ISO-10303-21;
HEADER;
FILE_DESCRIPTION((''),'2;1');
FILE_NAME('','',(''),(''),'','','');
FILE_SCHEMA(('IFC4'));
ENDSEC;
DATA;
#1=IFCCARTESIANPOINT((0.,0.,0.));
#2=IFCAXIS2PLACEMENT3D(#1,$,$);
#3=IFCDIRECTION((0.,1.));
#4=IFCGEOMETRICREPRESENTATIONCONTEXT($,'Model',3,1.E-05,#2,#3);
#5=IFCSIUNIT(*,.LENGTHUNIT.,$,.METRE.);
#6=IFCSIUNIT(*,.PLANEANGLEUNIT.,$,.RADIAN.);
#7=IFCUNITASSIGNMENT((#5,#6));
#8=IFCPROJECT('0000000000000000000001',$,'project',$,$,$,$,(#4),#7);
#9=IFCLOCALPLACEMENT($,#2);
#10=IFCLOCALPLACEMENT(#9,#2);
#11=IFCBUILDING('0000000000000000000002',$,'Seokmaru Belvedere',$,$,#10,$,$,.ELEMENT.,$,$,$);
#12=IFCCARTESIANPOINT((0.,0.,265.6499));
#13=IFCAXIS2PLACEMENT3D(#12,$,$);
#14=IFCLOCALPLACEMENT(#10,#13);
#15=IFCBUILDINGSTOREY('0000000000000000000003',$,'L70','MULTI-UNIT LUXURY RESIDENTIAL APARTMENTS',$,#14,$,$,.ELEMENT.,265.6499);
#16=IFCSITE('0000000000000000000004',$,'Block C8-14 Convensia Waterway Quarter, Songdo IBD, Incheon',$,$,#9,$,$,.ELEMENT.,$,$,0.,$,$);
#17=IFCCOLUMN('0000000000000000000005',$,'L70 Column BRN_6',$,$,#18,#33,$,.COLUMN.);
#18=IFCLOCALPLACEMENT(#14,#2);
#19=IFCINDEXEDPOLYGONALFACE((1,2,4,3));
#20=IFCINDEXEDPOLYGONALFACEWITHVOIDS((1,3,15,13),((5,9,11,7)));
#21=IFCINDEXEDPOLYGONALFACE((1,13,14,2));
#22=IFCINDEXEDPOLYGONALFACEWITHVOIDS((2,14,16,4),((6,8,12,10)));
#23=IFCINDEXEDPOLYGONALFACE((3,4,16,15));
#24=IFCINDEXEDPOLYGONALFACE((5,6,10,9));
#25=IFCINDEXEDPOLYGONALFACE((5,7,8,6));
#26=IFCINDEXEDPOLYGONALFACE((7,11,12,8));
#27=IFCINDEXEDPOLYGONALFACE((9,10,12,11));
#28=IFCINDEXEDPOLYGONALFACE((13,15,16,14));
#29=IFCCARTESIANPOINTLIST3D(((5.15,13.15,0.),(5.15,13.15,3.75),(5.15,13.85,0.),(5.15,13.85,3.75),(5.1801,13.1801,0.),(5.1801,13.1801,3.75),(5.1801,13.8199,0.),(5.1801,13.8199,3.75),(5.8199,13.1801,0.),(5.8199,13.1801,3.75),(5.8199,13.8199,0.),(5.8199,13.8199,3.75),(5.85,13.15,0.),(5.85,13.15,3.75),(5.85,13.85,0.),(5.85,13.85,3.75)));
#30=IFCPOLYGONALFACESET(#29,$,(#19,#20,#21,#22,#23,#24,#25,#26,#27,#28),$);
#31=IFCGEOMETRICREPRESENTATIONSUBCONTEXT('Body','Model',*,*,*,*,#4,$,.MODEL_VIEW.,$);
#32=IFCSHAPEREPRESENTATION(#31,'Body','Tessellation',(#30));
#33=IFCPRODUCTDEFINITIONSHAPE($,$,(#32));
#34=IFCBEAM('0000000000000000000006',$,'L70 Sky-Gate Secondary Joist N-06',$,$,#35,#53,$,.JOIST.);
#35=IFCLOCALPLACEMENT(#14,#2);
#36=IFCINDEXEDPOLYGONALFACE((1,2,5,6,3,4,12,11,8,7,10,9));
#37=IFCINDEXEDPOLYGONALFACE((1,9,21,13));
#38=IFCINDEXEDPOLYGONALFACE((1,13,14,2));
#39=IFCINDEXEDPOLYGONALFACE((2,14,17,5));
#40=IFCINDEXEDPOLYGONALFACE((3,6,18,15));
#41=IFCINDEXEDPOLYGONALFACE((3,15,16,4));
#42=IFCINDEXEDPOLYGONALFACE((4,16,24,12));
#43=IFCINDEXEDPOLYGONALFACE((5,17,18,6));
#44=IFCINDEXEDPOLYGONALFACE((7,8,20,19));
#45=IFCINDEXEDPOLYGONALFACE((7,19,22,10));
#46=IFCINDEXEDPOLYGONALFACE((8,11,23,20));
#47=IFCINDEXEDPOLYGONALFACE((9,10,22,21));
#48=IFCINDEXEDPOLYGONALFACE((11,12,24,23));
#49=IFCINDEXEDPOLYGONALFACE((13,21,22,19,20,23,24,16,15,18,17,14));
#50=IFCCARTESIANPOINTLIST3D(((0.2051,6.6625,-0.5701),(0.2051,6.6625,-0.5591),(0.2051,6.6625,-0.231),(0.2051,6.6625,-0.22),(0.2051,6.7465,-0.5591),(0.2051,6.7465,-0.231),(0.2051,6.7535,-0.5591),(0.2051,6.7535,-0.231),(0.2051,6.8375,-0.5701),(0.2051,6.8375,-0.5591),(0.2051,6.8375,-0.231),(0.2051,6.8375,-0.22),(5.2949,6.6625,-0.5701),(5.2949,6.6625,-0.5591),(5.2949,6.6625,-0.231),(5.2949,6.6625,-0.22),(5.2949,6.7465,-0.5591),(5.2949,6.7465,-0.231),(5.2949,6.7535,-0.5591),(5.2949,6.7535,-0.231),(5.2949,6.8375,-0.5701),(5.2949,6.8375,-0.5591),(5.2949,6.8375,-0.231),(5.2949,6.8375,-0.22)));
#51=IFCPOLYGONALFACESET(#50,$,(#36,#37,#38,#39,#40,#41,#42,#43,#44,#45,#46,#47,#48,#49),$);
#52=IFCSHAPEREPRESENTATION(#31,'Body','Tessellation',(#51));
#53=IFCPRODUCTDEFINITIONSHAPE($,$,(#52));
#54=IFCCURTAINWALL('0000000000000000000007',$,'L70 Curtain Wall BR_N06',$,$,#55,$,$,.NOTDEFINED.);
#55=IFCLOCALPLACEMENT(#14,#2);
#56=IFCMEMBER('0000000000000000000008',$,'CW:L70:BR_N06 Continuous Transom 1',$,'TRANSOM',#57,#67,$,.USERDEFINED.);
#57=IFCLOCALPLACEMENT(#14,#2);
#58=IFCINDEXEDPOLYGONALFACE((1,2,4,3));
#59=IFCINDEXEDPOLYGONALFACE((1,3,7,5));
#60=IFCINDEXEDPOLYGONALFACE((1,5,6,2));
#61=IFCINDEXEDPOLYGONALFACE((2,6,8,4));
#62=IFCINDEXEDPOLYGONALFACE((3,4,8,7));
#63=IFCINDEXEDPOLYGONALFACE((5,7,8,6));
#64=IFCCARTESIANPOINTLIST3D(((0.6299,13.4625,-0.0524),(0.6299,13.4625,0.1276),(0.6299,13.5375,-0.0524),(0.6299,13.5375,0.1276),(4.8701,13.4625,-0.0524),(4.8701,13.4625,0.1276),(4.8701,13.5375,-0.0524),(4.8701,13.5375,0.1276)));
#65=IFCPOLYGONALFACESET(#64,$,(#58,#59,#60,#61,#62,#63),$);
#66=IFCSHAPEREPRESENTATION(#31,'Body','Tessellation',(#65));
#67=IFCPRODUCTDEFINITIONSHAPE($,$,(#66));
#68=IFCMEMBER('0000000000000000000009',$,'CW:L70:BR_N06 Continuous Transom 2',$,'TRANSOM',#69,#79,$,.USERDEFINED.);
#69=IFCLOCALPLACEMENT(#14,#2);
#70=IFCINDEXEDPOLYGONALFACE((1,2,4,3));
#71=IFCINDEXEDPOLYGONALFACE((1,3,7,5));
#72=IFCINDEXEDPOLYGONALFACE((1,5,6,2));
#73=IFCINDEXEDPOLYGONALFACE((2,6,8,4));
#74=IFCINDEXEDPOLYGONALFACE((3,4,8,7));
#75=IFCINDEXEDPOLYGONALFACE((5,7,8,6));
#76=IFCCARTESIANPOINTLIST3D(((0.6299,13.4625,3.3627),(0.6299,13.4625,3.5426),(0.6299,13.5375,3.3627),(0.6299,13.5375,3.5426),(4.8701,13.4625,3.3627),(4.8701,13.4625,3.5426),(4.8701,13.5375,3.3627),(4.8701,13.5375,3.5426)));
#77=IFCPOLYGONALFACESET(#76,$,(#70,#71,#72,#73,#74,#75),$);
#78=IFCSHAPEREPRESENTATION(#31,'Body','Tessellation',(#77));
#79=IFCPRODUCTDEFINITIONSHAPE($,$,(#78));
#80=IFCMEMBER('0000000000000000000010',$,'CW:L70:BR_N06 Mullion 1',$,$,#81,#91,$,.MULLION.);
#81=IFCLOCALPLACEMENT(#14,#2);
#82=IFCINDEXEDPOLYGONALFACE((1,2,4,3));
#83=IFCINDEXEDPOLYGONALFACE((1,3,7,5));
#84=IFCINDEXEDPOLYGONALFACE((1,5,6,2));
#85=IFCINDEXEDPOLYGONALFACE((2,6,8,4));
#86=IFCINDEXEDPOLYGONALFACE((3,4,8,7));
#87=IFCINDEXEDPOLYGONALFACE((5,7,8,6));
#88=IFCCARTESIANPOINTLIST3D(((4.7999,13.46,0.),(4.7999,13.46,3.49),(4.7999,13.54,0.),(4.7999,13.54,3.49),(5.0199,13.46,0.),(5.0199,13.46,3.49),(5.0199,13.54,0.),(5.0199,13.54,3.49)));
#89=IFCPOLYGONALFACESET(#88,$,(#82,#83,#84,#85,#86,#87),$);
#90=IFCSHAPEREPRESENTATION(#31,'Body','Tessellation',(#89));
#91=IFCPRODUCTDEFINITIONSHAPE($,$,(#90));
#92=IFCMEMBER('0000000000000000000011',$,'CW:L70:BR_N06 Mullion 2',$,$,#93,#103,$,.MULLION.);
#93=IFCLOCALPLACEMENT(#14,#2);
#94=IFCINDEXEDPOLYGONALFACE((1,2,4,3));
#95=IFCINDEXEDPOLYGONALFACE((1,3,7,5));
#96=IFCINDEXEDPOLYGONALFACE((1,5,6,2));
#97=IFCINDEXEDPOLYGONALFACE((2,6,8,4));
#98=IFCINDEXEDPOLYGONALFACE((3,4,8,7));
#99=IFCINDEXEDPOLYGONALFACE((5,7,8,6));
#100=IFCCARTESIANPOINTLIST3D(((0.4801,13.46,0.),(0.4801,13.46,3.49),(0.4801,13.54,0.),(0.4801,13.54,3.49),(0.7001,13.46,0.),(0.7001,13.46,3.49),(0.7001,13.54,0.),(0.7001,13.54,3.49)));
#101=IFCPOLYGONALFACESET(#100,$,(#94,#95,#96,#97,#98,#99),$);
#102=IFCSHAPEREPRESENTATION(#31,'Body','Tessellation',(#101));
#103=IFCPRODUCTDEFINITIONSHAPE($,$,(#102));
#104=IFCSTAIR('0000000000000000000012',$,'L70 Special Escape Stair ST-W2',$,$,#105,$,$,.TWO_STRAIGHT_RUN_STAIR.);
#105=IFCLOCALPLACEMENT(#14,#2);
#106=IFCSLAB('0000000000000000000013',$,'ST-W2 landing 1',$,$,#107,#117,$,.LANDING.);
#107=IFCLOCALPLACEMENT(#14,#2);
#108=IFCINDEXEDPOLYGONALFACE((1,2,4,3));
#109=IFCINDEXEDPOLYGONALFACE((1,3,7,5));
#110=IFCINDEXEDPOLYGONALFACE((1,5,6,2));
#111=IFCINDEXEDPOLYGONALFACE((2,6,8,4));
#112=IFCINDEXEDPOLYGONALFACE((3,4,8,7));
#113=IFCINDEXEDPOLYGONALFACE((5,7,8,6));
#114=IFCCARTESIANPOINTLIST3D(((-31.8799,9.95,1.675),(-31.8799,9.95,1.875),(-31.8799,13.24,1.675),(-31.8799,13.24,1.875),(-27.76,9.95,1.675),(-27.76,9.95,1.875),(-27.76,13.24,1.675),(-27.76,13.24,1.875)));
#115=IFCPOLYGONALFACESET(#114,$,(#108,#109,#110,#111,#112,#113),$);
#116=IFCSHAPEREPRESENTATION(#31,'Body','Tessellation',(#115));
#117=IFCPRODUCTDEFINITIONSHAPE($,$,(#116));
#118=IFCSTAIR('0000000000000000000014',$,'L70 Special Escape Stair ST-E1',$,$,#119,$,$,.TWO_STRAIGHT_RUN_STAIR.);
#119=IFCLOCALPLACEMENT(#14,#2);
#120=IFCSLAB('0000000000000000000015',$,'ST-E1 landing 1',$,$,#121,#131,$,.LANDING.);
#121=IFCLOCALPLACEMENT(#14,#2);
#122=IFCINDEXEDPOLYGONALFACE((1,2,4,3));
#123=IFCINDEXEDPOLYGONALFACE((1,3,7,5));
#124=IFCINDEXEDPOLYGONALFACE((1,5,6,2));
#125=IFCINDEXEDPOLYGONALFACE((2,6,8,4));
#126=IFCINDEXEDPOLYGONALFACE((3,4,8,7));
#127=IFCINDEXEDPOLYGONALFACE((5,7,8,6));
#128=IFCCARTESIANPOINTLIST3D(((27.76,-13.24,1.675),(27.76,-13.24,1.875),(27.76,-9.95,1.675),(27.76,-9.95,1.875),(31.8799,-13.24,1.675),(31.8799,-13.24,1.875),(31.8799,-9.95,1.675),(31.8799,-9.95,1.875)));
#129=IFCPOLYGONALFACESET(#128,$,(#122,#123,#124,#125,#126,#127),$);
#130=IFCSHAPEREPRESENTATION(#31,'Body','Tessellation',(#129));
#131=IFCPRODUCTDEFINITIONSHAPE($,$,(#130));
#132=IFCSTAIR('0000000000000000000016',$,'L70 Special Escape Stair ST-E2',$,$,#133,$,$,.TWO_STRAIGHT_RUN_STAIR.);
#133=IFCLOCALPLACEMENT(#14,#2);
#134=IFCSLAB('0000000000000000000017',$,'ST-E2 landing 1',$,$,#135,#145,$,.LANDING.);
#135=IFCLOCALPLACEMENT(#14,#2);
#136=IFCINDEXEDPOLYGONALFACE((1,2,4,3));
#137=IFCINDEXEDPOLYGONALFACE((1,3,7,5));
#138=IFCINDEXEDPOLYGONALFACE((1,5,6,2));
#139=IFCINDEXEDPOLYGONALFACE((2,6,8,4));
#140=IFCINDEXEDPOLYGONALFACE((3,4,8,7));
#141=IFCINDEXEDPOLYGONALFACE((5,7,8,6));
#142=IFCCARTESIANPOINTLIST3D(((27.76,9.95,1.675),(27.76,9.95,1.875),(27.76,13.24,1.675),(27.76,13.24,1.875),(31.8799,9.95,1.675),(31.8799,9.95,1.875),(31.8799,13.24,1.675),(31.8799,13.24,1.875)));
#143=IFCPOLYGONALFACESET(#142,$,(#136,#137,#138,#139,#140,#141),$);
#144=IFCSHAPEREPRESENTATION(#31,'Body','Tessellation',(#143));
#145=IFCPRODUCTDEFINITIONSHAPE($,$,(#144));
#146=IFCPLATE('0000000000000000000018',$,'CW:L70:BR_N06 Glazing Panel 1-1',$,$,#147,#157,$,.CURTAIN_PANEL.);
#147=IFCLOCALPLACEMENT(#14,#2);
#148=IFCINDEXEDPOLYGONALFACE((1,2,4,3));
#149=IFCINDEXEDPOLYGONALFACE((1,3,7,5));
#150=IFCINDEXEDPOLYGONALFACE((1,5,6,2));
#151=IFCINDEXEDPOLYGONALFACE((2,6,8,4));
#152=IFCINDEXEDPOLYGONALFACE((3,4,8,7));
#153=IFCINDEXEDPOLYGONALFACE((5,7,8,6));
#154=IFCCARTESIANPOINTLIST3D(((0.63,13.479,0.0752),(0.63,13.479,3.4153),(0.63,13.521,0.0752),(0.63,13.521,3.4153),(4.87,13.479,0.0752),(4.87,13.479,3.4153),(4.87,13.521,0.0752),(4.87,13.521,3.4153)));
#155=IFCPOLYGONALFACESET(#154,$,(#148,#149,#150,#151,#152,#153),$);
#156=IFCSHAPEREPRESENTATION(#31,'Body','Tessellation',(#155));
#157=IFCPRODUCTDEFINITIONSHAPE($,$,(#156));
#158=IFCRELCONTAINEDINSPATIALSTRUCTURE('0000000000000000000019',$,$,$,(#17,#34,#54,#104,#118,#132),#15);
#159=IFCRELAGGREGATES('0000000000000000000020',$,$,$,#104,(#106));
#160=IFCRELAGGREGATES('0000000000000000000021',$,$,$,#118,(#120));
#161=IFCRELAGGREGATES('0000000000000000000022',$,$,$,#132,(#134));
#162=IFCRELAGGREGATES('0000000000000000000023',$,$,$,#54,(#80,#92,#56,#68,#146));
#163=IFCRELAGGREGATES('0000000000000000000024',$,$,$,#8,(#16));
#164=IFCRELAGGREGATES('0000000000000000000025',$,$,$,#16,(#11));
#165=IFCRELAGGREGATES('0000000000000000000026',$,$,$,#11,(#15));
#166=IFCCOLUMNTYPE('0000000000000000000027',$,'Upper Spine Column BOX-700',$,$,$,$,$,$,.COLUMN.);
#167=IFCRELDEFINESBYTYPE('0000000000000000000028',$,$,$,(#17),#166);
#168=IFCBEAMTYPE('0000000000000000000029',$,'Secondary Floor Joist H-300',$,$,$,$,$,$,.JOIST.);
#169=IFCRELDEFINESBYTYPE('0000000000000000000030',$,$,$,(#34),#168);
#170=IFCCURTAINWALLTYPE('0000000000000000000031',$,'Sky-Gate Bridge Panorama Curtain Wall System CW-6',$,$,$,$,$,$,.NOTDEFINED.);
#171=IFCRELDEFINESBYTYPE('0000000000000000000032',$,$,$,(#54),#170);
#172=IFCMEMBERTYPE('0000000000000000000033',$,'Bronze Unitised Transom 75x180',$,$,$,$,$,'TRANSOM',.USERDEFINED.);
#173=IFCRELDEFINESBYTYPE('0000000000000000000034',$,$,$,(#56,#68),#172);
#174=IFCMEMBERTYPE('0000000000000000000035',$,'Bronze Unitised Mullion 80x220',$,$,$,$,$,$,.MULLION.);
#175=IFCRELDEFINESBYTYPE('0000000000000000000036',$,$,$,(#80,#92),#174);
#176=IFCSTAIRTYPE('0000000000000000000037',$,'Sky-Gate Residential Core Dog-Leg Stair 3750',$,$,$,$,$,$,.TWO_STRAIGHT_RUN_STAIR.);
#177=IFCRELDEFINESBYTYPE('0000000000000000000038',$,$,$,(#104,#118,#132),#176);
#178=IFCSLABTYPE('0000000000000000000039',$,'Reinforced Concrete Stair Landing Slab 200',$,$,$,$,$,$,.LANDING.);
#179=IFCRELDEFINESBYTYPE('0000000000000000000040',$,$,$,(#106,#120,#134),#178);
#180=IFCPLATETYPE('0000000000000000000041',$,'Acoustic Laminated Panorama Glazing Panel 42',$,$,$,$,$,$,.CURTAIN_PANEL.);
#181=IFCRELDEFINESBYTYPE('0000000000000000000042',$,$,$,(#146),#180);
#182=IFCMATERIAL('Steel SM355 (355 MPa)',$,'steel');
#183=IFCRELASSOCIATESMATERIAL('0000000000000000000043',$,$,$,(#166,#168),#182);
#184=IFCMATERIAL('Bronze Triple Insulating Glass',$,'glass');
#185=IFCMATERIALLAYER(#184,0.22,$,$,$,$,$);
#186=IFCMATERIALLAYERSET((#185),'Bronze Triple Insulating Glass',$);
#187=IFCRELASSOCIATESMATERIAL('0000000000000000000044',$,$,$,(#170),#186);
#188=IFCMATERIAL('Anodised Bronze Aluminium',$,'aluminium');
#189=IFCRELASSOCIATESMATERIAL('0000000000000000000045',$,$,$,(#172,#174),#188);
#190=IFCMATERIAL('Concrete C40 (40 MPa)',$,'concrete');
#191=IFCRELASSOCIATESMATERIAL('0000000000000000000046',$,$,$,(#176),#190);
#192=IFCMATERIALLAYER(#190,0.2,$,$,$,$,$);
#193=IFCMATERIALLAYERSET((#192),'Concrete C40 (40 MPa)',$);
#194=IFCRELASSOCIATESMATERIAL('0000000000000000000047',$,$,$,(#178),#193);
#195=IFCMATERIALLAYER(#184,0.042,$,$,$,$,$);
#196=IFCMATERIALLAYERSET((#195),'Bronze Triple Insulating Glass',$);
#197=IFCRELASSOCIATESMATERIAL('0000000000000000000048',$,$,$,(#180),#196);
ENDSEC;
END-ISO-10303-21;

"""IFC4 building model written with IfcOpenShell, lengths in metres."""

from ifc_helpers import new_model, si_unit, direction, frame, origin, origin_2d, place, context, subcontext, project, spatial, polyline, rectangle, hollow_rectangle, i_section, outline, extrude, source, transform, mapped, material, layer, layer_set, material_profile, profile_set, type_object, type_shapes, element, aggregate, save


model = new_model("IFC4")

# Units and contexts
model_context = context("Model", 3, precision=1e-05, world=origin(), true_north=direction((0.0, 1.0)))
body_context = subcontext(model_context, "Body", "Model", "MODEL_VIEW")
ifc_project = project(units=[si_unit("LENGTHUNIT", "METRE"), si_unit("PLANEANGLEUNIT", "RADIAN")], contexts=[model_context])

# Site, building, storey
site_placement = place(None, origin())
site = spatial("IfcSite", under=ifc_project, at=site_placement, Name="Block C8-14 Convensia Waterway Quarter, Songdo IBD, Incheon", CompositionType="ELEMENT", RefElevation=0.0)
building_placement = place(site_placement, origin())
building = spatial("IfcBuilding", under=site, at=building_placement, Name="Seokmaru Belvedere", CompositionType="ELEMENT")
storey_placement = place(building_placement, frame((0.0, 0.0, 265.6499)))
storey = spatial("IfcBuildingStorey", under=building, at=storey_placement, Name="L70", Description="MULTI-UNIT LUXURY RESIDENTIAL APARTMENTS", CompositionType="ELEMENT", Elevation=265.6499)

# Column
ifc_material_1 = material(Name="Steel SM355 (355 MPa)", Category="steel")
ifc_material_profile_1 = material_profile(ifc_material_1, hollow_rectangle(XDim=0.7, YDim=0.7, WallThickness=0.03, at=origin_2d()), Name="BOX-700x700x30")
ifc_profile_set_1 = profile_set([ifc_material_profile_1], Name="Steel SM355 (355 MPa)")
column_type = type_object("IfcColumnType", Name="Upper Spine Column BOX-700", PredefinedType="COLUMN", material=ifc_profile_set_1)
shared_shape_1 = source(origin(), body_context, "Body", "SweptSolid", [
    extrude(hollow_rectangle(XDim=0.7, YDim=0.7, WallThickness=0.03, at=origin_2d()), origin(), (0.0, 0.0, 1.0), 3.75),
])
type_shapes(column_type, [shared_shape_1])
column_placement = place(storey_placement, frame((5.5, 13.5, 0.0), z_axis=(0.0, 0.0, 1.0), x_axis=(1.0, 0.0, 0.0)))
element("IfcColumn", 1, at=column_placement, inside=storey, type_object=column_type, Name="L70 Column BRN_6", PredefinedType="COLUMN", context=body_context, shape_type="MappedRepresentation", body=[
    mapped(shared_shape_1, transform((0.0, 0.0, 0.0), scale=1.0)),
])

# Beam
ifc_material_profile_2 = material_profile(ifc_material_1, i_section(OverallWidth=0.175, OverallDepth=0.3501, WebThickness=0.0071, FlangeThickness=0.011, at=origin_2d()), Name="H-350x175x7x11")
ifc_profile_set_2 = profile_set([ifc_material_profile_2], Name="Steel SM355 (355 MPa)")
beam_type = type_object("IfcBeamType", Name="Secondary Floor Joist H-300", PredefinedType="JOIST", material=ifc_profile_set_2)
shared_shape_2 = source(origin(), body_context, "Body", "SweptSolid", [
    extrude(i_section(OverallWidth=0.175, OverallDepth=0.3501, WebThickness=0.0071, FlangeThickness=0.011, at=origin_2d()), origin(), (0.0, 0.0, 1.0), 5.0898),
])
type_shapes(beam_type, [shared_shape_2])
beam_placement = place(storey_placement, frame((0.2051, 6.75, -0.395), z_axis=(1.0, 0.0, 0.0), x_axis=(0.0, 1.0, 0.0)))
element("IfcBeam", 2, at=beam_placement, inside=storey, type_object=beam_type, Name="L70 Sky-Gate Secondary Joist N-06", PredefinedType="JOIST", context=body_context, shape_type="MappedRepresentation", body=[
    mapped(shared_shape_2, transform((0.0, 0.0, 0.0), scale=1.0)),
])

# Curtain wall, members
ifc_material_2 = material(Name="Bronze Triple Insulating Glass", Category="glass")
ifc_layer_1 = layer(ifc_material_2, 0.22)
ifc_layer_set_1 = layer_set([ifc_layer_1], Name="Bronze Triple Insulating Glass")
curtain_wall_type = type_object("IfcCurtainWallType", Name="Sky-Gate Bridge Panorama Curtain Wall System CW-6", PredefinedType="NOTDEFINED", material=ifc_layer_set_1)
curtain_wall_placement = place(storey_placement, origin())
curtain_wall = element("IfcCurtainWall", 3, at=curtain_wall_placement, inside=storey, type_object=curtain_wall_type, Name="L70 Curtain Wall BR_N06", PredefinedType="NOTDEFINED")
ifc_material_3 = material(Name="Anodised Bronze Aluminium", Category="aluminium")
ifc_material_profile_3 = material_profile(ifc_material_3, rectangle(XDim=0.075, YDim=0.1799, at=origin_2d()), Name="CW-T-75x180")
ifc_profile_set_3 = profile_set([ifc_material_profile_3], Name="Anodised Bronze Aluminium")
member_type_1 = type_object("IfcMemberType", Name="Bronze Unitised Transom 75x180", ElementType="TRANSOM", PredefinedType="USERDEFINED", material=ifc_profile_set_3)
shared_shape_3 = source(origin(), body_context, "Body", "SweptSolid", [
    extrude(rectangle(XDim=0.075, YDim=0.1799, at=origin_2d()), origin(), (0.0, 0.0, 1.0), 4.2402),
])
type_shapes(member_type_1, [shared_shape_3])
member_1_placement = place(storey_placement, frame((4.8701, 13.5, 0.0376), z_axis=(-1.0, 0.0, 0.0), x_axis=(0.0, -1.0, 0.0)))
member_1 = element("IfcMember", 4, at=member_1_placement, type_object=member_type_1, Name="CW:L70:BR_N06 Continuous Transom 1", ObjectType="TRANSOM", PredefinedType="USERDEFINED", context=body_context, shape_type="MappedRepresentation", body=[
    mapped(shared_shape_3, transform((0.0, 0.0, 0.0), scale=1.0)),
])
member_2_placement = place(storey_placement, frame((4.8701, 13.5, 3.4526), z_axis=(-1.0, 0.0, 0.0), x_axis=(0.0, -1.0, 0.0)))
member_2 = element("IfcMember", 5, at=member_2_placement, type_object=member_type_1, Name="CW:L70:BR_N06 Continuous Transom 2", ObjectType="TRANSOM", PredefinedType="USERDEFINED", context=body_context, shape_type="MappedRepresentation", body=[
    mapped(shared_shape_3, transform((0.0, 0.0, 0.0), scale=1.0)),
])
ifc_material_profile_4 = material_profile(ifc_material_3, rectangle(XDim=0.0801, YDim=0.22, at=origin_2d()), Name="CW-M-80x220")
ifc_profile_set_4 = profile_set([ifc_material_profile_4], Name="Anodised Bronze Aluminium")
member_type_2 = type_object("IfcMemberType", Name="Bronze Unitised Mullion 80x220", PredefinedType="MULLION", material=ifc_profile_set_4)
shared_shape_4 = source(origin(), body_context, "Body", "SweptSolid", [
    extrude(rectangle(XDim=0.0801, YDim=0.22, at=origin_2d()), origin(), (0.0, 0.0, 1.0), 3.49),
])
type_shapes(member_type_2, [shared_shape_4])
member_3_placement = place(storey_placement, frame((4.9099, 13.5, 0.0), z_axis=(0.0, 0.0, 1.0), x_axis=(0.0, -1.0, 0.0)))
member_3 = element("IfcMember", 6, at=member_3_placement, type_object=member_type_2, Name="CW:L70:BR_N06 Mullion 1", PredefinedType="MULLION", context=body_context, shape_type="MappedRepresentation", body=[
    mapped(shared_shape_4, transform((0.0, 0.0, 0.0), scale=1.0)),
])
member_4_placement = place(storey_placement, frame((0.5901, 13.5, 0.0), z_axis=(0.0, 0.0, 1.0), x_axis=(0.0, -1.0, 0.0)))
member_4 = element("IfcMember", 7, at=member_4_placement, type_object=member_type_2, Name="CW:L70:BR_N06 Mullion 2", PredefinedType="MULLION", context=body_context, shape_type="MappedRepresentation", body=[
    mapped(shared_shape_4, transform((0.0, 0.0, 0.0), scale=1.0)),
])

# Stairs, slabs
ifc_material_4 = material(Name="Concrete C40 (40 MPa)", Category="concrete")
stair_type = type_object("IfcStairType", Name="Sky-Gate Residential Core Dog-Leg Stair 3750", PredefinedType="TWO_STRAIGHT_RUN_STAIR", material=ifc_material_4)
stair_1_placement = place(storey_placement, origin())
stair_1 = element("IfcStair", 8, at=stair_1_placement, inside=storey, type_object=stair_type, Name="L70 Special Escape Stair ST-W2", PredefinedType="TWO_STRAIGHT_RUN_STAIR")
ifc_layer_2 = layer(ifc_material_4, 0.2)
ifc_layer_set_2 = layer_set([ifc_layer_2], Name="Concrete C40 (40 MPa)")
slab_type = type_object("IfcSlabType", Name="Reinforced Concrete Stair Landing Slab 200", PredefinedType="LANDING", material=ifc_layer_set_2)
slab_1_placement = place(storey_placement, frame((0.0, 0.0, 1.675)))
slab_1 = element("IfcSlab", 9, at=slab_1_placement, type_object=slab_type, Name="ST-W2 landing 1", PredefinedType="LANDING", context=body_context, shape_type="SweptSolid", body=[
    extrude(outline(polyline([(-31.8799, 9.95), (-27.76, 9.95), (-27.76, 13.24), (-31.8799, 13.24), (-31.8799, 9.95)])), origin(), (0.0, 0.0, 1.0), 0.2),
])
aggregate(stair_1, [slab_1])
stair_2_placement = place(storey_placement, origin())
stair_2 = element("IfcStair", 10, at=stair_2_placement, inside=storey, type_object=stair_type, Name="L70 Special Escape Stair ST-E1", PredefinedType="TWO_STRAIGHT_RUN_STAIR")
slab_2_placement = place(storey_placement, frame((0.0, 0.0, 1.675)))
slab_2 = element("IfcSlab", 11, at=slab_2_placement, type_object=slab_type, Name="ST-E1 landing 1", PredefinedType="LANDING", context=body_context, shape_type="SweptSolid", body=[
    extrude(outline(polyline([(27.76, -13.24), (31.8799, -13.24), (31.8799, -9.95), (27.76, -9.95), (27.76, -13.24)])), origin(), (0.0, 0.0, 1.0), 0.2),
])
aggregate(stair_2, [slab_2])
stair_3_placement = place(storey_placement, origin())
stair_3 = element("IfcStair", 12, at=stair_3_placement, inside=storey, type_object=stair_type, Name="L70 Special Escape Stair ST-E2", PredefinedType="TWO_STRAIGHT_RUN_STAIR")
slab_3_placement = place(storey_placement, frame((0.0, 0.0, 1.675)))
slab_3 = element("IfcSlab", 13, at=slab_3_placement, type_object=slab_type, Name="ST-E2 landing 1", PredefinedType="LANDING", context=body_context, shape_type="SweptSolid", body=[
    extrude(outline(polyline([(27.76, 9.95), (31.8799, 9.95), (31.8799, 13.24), (27.76, 13.24), (27.76, 9.95)])), origin(), (0.0, 0.0, 1.0), 0.2),
])
aggregate(stair_3, [slab_3])

# Plate
ifc_layer_3 = layer(ifc_material_2, 0.042)
ifc_layer_set_3 = layer_set([ifc_layer_3], Name="Bronze Triple Insulating Glass")
plate_type = type_object("IfcPlateType", Name="Acoustic Laminated Panorama Glazing Panel 42", PredefinedType="CURTAIN_PANEL", material=ifc_layer_set_3)
shared_shape_5 = source(origin(), body_context, "Body", "SweptSolid", [
    extrude(rectangle(XDim=4.24, YDim=0.042, at=origin_2d()), origin(), (0.0, 0.0, 1.0), 3.3401),
])
type_shapes(plate_type, [shared_shape_5])
plate_placement = place(storey_placement, frame((2.75, 13.5, 0.0752), z_axis=(0.0, 0.0, 1.0), x_axis=(-1.0, 0.0, 0.0)))
plate = element("IfcPlate", 14, at=plate_placement, type_object=plate_type, Name="CW:L70:BR_N06 Glazing Panel 1-1", PredefinedType="CURTAIN_PANEL", context=body_context, shape_type="MappedRepresentation", body=[
    mapped(shared_shape_5, transform((0.0, 0.0, 0.0), scale=1.0)),
])
aggregate(curtain_wall, [member_3, member_4, member_1, member_2, plate])

save(model, "model.ifc")
